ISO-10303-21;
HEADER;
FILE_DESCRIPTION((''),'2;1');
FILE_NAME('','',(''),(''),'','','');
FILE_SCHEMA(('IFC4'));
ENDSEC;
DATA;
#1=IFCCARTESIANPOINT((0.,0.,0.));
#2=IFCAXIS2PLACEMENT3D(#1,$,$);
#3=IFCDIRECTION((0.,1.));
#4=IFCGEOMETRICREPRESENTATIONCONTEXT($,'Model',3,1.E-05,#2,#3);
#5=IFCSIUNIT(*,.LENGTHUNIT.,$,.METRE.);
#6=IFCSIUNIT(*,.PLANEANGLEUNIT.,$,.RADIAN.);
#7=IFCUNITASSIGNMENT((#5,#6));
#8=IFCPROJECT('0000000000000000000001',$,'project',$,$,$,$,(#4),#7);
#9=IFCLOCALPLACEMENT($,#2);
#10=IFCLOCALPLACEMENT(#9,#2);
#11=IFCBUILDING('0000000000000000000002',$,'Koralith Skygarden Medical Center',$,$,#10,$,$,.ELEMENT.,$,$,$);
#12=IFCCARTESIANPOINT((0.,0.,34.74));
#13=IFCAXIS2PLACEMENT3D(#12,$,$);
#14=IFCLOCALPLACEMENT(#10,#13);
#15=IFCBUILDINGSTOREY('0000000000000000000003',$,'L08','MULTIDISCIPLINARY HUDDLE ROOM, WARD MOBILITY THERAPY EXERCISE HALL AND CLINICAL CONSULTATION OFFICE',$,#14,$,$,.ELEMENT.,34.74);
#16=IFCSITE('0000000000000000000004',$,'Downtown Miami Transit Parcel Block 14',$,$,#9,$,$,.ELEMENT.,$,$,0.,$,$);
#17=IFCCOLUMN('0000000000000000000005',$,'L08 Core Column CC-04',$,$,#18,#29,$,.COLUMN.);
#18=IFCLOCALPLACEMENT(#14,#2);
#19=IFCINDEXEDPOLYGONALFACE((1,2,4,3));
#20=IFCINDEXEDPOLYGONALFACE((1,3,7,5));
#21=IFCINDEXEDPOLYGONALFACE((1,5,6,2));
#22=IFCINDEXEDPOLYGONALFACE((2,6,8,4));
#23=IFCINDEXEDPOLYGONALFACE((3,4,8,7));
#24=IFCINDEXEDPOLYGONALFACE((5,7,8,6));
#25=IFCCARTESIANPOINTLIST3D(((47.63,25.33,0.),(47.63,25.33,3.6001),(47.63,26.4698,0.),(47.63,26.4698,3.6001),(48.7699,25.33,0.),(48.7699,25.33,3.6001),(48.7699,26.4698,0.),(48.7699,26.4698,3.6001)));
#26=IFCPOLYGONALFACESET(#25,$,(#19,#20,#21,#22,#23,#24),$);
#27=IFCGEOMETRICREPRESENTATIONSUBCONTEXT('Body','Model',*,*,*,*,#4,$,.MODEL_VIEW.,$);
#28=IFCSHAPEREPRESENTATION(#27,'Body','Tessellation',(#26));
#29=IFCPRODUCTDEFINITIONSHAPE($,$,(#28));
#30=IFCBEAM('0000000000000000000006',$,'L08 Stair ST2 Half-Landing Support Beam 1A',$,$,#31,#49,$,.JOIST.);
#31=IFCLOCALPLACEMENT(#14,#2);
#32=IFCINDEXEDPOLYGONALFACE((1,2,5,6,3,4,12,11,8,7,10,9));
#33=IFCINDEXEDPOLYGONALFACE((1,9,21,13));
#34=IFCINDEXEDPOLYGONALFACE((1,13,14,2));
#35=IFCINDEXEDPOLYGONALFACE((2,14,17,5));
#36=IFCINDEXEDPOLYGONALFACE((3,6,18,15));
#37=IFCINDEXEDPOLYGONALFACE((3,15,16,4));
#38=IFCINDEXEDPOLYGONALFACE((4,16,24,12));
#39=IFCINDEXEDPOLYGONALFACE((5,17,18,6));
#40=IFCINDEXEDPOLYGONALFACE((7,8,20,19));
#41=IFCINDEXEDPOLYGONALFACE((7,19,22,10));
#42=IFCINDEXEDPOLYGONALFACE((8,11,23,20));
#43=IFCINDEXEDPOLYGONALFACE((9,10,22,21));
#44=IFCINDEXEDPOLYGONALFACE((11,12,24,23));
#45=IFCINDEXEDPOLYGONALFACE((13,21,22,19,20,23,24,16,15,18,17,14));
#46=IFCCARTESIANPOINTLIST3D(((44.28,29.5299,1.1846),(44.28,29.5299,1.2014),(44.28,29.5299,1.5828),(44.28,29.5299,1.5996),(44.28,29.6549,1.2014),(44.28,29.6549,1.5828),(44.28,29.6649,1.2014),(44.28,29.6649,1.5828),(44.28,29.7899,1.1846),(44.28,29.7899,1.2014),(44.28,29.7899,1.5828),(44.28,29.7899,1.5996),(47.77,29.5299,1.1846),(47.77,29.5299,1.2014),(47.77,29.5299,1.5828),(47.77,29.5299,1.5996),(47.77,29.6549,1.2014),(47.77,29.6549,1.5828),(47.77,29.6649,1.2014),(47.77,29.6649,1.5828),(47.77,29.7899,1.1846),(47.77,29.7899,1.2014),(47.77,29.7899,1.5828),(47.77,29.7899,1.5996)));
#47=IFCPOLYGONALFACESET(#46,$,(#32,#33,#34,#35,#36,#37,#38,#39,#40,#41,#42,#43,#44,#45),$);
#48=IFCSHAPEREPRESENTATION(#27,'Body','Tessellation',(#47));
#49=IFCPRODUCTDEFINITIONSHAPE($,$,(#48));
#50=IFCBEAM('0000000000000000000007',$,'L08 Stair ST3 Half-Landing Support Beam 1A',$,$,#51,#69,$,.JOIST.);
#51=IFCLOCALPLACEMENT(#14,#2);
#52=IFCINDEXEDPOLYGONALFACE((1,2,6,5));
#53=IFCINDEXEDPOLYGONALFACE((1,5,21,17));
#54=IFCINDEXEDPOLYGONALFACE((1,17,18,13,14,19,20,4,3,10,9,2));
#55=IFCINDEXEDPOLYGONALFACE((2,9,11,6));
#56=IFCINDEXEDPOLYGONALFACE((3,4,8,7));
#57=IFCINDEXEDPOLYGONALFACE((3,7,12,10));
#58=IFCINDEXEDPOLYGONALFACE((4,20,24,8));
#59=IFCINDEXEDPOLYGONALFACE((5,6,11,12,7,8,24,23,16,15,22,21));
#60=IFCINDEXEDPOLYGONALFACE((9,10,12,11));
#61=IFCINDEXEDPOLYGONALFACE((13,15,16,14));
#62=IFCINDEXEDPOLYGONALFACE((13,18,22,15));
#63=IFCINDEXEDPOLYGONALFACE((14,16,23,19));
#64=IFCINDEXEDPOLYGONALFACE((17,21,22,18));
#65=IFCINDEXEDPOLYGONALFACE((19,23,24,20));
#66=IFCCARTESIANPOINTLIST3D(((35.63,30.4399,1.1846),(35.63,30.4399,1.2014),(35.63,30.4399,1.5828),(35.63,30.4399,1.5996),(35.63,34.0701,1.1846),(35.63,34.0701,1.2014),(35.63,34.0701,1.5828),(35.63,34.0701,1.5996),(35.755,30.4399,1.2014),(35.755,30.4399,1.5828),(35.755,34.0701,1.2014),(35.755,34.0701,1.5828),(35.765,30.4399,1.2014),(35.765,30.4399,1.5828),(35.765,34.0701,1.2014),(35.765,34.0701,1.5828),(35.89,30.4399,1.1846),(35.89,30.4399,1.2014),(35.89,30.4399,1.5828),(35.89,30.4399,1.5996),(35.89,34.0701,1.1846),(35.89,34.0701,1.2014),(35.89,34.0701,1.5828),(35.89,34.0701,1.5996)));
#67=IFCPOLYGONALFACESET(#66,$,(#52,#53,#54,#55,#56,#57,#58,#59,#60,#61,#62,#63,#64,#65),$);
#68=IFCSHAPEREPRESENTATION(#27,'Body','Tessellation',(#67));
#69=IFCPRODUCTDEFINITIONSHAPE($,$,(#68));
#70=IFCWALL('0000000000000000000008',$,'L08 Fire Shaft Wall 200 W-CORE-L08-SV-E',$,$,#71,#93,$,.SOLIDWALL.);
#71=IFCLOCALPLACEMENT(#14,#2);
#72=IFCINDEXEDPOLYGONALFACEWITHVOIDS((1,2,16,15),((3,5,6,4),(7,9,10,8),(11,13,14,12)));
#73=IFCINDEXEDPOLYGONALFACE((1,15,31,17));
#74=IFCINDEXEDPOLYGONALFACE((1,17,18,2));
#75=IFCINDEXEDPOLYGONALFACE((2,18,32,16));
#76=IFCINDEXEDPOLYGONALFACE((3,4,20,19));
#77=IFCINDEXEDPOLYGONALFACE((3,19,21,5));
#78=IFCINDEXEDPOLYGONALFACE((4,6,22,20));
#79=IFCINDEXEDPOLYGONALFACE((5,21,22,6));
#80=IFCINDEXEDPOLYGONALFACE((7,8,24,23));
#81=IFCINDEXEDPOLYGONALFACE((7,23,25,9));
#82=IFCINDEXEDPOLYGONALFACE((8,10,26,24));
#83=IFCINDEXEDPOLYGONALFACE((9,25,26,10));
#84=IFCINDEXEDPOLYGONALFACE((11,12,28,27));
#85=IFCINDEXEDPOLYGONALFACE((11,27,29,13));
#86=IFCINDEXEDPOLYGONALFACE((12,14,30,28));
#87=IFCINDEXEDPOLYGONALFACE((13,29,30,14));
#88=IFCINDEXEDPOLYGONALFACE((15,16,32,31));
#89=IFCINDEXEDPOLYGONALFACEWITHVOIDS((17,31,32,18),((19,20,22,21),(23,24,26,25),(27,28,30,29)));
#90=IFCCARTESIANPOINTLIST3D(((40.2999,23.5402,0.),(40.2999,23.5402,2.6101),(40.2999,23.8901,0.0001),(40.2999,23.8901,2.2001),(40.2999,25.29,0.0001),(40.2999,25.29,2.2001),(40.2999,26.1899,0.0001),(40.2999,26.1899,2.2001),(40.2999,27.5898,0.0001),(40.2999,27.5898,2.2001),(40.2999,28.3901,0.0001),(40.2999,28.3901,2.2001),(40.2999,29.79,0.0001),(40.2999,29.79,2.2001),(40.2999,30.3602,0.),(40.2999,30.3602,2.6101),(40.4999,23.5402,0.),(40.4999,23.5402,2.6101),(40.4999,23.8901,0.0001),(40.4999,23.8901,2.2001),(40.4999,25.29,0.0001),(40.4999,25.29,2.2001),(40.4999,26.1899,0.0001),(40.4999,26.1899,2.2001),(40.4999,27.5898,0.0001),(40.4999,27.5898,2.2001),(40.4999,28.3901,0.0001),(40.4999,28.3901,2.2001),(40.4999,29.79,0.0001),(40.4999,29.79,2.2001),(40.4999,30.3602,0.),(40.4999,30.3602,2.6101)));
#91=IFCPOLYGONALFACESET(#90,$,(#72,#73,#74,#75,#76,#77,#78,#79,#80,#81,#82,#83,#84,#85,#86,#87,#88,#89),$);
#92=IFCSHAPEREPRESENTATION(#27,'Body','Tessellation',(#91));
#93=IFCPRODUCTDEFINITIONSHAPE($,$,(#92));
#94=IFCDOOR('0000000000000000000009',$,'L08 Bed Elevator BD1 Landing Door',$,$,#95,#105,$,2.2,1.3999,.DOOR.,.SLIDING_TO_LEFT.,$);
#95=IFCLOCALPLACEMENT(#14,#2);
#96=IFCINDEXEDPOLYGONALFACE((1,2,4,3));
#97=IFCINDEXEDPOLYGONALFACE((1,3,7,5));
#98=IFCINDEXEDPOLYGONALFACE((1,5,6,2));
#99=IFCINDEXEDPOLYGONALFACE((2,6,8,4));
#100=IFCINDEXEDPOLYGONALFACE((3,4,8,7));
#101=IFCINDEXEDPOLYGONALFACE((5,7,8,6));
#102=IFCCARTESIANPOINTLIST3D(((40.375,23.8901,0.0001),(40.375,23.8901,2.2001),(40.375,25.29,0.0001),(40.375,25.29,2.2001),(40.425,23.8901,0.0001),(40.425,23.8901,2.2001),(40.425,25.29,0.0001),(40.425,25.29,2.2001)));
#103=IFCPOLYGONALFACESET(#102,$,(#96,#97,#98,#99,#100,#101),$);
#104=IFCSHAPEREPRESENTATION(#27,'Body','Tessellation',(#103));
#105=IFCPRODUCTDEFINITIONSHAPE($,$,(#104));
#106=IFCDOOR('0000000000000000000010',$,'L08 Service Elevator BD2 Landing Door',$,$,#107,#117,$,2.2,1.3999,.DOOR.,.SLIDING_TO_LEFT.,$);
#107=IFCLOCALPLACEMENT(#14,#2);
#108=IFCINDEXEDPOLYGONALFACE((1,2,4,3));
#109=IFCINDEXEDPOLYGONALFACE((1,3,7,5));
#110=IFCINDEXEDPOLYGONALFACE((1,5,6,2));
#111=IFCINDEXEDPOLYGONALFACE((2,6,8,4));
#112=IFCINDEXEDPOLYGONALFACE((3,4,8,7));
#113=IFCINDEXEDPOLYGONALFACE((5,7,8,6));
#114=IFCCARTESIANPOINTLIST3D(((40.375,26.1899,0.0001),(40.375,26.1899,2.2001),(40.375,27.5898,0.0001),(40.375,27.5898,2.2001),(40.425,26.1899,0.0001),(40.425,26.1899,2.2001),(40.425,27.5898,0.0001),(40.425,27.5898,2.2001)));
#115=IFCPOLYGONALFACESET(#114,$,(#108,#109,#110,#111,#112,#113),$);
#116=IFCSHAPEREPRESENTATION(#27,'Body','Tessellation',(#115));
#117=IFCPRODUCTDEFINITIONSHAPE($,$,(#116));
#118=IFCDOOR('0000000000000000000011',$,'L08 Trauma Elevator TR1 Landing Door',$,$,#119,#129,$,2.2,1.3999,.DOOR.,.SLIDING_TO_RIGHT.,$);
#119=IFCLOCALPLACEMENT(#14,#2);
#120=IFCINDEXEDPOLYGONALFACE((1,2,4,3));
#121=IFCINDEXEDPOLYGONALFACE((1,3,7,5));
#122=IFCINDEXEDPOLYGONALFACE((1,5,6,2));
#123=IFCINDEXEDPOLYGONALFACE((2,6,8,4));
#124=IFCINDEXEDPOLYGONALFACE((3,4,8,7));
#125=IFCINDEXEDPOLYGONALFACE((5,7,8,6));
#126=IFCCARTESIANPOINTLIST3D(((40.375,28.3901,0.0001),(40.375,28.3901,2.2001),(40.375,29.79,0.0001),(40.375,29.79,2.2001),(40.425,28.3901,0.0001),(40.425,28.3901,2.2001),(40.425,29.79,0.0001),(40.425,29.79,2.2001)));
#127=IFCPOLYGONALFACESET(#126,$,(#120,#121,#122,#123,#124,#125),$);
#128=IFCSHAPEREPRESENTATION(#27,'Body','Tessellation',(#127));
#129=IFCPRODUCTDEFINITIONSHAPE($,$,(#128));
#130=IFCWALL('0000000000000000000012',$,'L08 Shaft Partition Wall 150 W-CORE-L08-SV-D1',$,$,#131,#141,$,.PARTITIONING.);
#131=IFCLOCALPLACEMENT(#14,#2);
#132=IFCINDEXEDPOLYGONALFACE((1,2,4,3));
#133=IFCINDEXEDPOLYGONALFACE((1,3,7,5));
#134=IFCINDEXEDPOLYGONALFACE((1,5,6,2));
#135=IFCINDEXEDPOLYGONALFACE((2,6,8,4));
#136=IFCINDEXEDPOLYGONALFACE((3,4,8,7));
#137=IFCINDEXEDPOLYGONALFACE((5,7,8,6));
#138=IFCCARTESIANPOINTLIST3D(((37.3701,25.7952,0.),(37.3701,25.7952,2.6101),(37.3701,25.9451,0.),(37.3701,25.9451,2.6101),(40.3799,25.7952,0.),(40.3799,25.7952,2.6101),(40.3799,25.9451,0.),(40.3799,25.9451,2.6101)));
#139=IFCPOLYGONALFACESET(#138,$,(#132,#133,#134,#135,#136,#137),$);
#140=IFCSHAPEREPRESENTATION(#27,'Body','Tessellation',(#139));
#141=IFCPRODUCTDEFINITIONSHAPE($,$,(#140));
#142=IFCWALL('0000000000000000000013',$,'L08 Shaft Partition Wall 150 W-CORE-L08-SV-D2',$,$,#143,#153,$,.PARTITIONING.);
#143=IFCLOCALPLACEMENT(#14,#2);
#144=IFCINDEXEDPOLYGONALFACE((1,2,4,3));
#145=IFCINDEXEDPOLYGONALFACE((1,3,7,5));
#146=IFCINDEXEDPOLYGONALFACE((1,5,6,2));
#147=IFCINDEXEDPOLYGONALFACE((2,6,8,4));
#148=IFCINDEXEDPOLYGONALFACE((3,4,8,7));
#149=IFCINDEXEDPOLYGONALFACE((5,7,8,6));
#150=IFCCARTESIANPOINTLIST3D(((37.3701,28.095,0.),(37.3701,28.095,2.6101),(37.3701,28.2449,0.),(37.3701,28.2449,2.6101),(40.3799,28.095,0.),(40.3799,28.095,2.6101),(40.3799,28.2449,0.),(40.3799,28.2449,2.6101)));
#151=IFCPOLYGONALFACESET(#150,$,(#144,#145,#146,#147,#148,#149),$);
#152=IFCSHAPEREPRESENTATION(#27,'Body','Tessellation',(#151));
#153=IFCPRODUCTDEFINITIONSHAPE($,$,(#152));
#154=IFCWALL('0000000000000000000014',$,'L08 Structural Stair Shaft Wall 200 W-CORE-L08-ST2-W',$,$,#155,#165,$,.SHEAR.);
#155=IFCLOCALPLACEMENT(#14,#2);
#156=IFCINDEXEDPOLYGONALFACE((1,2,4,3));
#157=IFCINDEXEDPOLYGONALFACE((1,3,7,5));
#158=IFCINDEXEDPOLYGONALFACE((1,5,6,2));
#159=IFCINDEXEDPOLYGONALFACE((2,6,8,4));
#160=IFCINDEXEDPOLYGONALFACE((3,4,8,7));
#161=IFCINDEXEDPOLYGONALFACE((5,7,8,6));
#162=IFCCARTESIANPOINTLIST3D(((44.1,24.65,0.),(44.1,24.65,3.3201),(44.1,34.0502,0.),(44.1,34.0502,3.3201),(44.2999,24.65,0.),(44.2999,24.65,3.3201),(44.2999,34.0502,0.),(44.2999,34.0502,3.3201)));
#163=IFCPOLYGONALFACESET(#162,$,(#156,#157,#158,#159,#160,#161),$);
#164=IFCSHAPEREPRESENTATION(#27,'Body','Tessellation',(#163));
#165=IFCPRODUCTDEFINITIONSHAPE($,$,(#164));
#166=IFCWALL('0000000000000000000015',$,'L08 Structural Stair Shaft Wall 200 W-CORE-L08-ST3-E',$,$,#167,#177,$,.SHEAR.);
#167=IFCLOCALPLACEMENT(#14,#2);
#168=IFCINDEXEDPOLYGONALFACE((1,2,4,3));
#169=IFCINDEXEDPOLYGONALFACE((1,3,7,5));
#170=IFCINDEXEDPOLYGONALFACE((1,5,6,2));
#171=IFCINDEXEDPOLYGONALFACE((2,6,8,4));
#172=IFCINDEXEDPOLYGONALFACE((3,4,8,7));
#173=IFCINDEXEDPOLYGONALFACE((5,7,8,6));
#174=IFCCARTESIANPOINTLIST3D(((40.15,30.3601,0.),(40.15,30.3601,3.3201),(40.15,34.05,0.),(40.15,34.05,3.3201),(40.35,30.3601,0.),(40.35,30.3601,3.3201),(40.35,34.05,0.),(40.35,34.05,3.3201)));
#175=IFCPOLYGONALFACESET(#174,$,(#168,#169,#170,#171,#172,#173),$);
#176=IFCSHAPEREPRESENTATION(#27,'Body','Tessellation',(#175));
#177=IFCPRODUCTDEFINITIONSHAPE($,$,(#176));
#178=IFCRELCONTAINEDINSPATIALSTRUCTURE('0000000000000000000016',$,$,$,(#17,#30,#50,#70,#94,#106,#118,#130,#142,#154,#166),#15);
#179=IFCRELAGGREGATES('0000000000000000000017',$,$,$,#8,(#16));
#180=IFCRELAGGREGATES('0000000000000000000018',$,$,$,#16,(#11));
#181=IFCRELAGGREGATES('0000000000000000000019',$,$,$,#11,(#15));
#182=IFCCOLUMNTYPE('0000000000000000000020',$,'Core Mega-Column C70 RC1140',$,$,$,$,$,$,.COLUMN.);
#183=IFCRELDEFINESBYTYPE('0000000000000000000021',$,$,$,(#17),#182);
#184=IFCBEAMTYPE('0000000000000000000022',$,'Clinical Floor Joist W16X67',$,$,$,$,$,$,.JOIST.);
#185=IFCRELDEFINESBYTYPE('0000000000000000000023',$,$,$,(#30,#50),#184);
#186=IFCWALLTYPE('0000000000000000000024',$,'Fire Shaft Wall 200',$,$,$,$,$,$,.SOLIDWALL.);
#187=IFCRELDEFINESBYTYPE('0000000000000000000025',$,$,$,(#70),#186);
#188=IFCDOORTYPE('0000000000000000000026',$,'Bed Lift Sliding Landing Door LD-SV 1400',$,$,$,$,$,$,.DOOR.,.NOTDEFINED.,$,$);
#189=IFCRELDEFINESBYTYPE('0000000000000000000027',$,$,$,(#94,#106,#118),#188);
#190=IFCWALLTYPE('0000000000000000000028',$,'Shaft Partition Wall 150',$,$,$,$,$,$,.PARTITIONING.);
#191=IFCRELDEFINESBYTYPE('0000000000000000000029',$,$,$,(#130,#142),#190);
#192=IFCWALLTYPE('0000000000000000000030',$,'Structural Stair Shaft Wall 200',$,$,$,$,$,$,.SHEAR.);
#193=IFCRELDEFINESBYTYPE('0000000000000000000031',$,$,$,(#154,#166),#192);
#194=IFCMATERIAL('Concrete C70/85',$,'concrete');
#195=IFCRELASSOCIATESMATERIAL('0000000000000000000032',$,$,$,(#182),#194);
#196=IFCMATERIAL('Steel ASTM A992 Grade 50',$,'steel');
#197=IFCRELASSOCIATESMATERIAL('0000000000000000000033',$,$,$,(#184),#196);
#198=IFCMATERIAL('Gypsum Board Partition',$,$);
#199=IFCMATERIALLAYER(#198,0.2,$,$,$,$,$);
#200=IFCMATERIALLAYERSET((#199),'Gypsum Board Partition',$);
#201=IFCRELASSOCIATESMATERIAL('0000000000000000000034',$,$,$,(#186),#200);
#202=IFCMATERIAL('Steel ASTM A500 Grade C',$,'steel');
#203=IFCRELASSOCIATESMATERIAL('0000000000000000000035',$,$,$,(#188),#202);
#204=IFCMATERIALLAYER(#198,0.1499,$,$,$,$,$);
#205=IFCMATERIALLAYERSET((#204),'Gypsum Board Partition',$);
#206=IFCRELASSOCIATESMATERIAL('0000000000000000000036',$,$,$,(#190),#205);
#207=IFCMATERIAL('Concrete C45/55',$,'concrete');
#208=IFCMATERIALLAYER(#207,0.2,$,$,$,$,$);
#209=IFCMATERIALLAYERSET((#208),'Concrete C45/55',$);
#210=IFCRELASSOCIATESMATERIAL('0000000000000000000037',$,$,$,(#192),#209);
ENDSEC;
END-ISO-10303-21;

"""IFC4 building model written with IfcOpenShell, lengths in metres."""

from ifc_helpers import new_model, si_unit, direction, frame, frame_2d, origin, origin_2d, place, context, subcontext, project, spatial, rectangle, i_section, extrude, material, layer, layer_set, material_profile, profile_set, type_object, element, fill, save


model = new_model("IFC4")

# Units and contexts
model_context = context("Model", 3, precision=1e-05, world=origin(), true_north=direction((0.0, 1.0)))
body_context = subcontext(model_context, "Body", "Model", "MODEL_VIEW")
ifc_project = project(units=[si_unit("LENGTHUNIT", "METRE"), si_unit("PLANEANGLEUNIT", "RADIAN")], contexts=[model_context])

# Site, building, storey
site_placement = place(None, origin())
site = spatial("IfcSite", under=ifc_project, at=site_placement, Name="Downtown Miami Transit Parcel Block 14", CompositionType="ELEMENT", RefElevation=0.0)
building_placement = place(site_placement, origin())
building = spatial("IfcBuilding", under=site, at=building_placement, Name="Koralith Skygarden Medical Center", CompositionType="ELEMENT")
storey_placement = place(building_placement, frame((0.0, 0.0, 34.74)))
storey = spatial("IfcBuildingStorey", under=building, at=storey_placement, Name="L08", Description="MULTIDISCIPLINARY HUDDLE ROOM, WARD MOBILITY THERAPY EXERCISE HALL AND CLINICAL CONSULTATION OFFICE", CompositionType="ELEMENT", Elevation=34.74)

# Column
ifc_material_1 = material(Name="Concrete C70/85", Category="concrete")
ifc_material_profile_1 = material_profile(ifc_material_1, rectangle(XDim=1.1399, YDim=1.1399, at=origin_2d()), Name="RC1140X1140")
ifc_profile_set_1 = profile_set([ifc_material_profile_1], Name="Concrete C70/85")
column_type = type_object("IfcColumnType", Name="Core Mega-Column C70 RC1140", PredefinedType="COLUMN", material=ifc_profile_set_1)
column_placement = place(storey_placement, frame((48.2, 25.8999, 0.0), z_axis=(0.0, 0.0, 1.0), x_axis=(1.0, 0.0, 0.0)))
element("IfcColumn", 1, at=column_placement, inside=storey, type_object=column_type, Name="L08 Core Column CC-04", PredefinedType="COLUMN", context=body_context, shape_type="SweptSolid", body=[
    extrude(rectangle(XDim=1.1399, YDim=1.1399, at=origin_2d()), origin(), (0.0, 0.0, 1.0), 3.6001),
])

# Beams
ifc_material_2 = material(Name="Steel ASTM A992 Grade 50", Category="steel")
ifc_material_profile_2 = material_profile(ifc_material_2, i_section(OverallWidth=0.26, OverallDepth=0.415, WebThickness=0.01, FlangeThickness=0.0168, at=origin_2d()), Name="W16X67")
ifc_profile_set_2 = profile_set([ifc_material_profile_2], Name="Steel ASTM A992 Grade 50")
beam_type = type_object("IfcBeamType", Name="Clinical Floor Joist W16X67", PredefinedType="JOIST", material=ifc_profile_set_2)
beam_1_placement = place(storey_placement, frame((44.28, 29.6599, 1.3921), z_axis=(1.0, 0.0, 0.0), x_axis=(0.0, 1.0, 0.0)))
element("IfcBeam", 2, at=beam_1_placement, inside=storey, type_object=beam_type, Name="L08 Stair ST2 Half-Landing Support Beam 1A", PredefinedType="JOIST", context=body_context, shape_type="SweptSolid", body=[
    extrude(i_section(OverallWidth=0.26, OverallDepth=0.415, WebThickness=0.01, FlangeThickness=0.0168, at=origin_2d()), origin(), (0.0, 0.0, 1.0), 3.49),
])
beam_2_placement = place(storey_placement, frame((35.76, 30.4399, 1.3921), z_axis=(0.0, 1.0, 0.0), x_axis=(-1.0, 0.0, 0.0)))
element("IfcBeam", 3, at=beam_2_placement, inside=storey, type_object=beam_type, Name="L08 Stair ST3 Half-Landing Support Beam 1A", PredefinedType="JOIST", context=body_context, shape_type="SweptSolid", body=[
    extrude(i_section(OverallWidth=0.26, OverallDepth=0.415, WebThickness=0.01, FlangeThickness=0.0168, at=origin_2d()), origin(), (0.0, 0.0, 1.0), 3.6301),
])

# Wall, openings, doors
ifc_material_3 = material(Name="Gypsum Board Partition")
ifc_layer_1 = layer(ifc_material_3, 0.2)
ifc_layer_set_1 = layer_set([ifc_layer_1], Name="Gypsum Board Partition")
wall_type_1 = type_object("IfcWallType", Name="Fire Shaft Wall 200", PredefinedType="SOLIDWALL", material=ifc_layer_set_1)
wall_1_placement = place(storey_placement, frame((40.3999, 23.54, 0.0), z_axis=(0.0, 0.0, 1.0), x_axis=(0.0, 1.0, 0.0)))
wall_1 = element("IfcWall", 4, at=wall_1_placement, inside=storey, type_object=wall_type_1, Name="L08 Fire Shaft Wall 200 W-CORE-L08-SV-E", PredefinedType="SOLIDWALL", context=body_context, shape_type="SweptSolid", body=[
    extrude(rectangle(XDim=6.8201, YDim=0.2, at=frame_2d((3.4102, 0.0))), origin(), (0.0, 0.0, 1.0), 2.6101),
])
opening_1_placement = place(wall_1_placement, frame((0.3501, 0.0, 0.0)))
opening_1 = element("IfcOpeningElement", 5, at=opening_1_placement, cuts=wall_1, PredefinedType="OPENING", context=body_context, shape_type="SweptSolid", body=[
    extrude(rectangle(XDim=1.3999, YDim=2.2, at=frame_2d((0.7, 1.1001))), frame((0.0, 0.1099, 0.0), z_axis=(0.0, -1.0, 0.0), x_axis=(1.0, 0.0, 0.0)), (0.0, 0.0, 1.0), 0.22),
])
opening_2_placement = place(wall_1_placement, frame((2.6499, 0.0, 0.0)))
opening_2 = element("IfcOpeningElement", 6, at=opening_2_placement, cuts=wall_1, PredefinedType="OPENING", context=body_context, shape_type="SweptSolid", body=[
    extrude(rectangle(XDim=1.3999, YDim=2.2, at=frame_2d((0.7, 1.1001))), frame((0.0, 0.1099, 0.0), z_axis=(0.0, -1.0, 0.0), x_axis=(1.0, 0.0, 0.0)), (0.0, 0.0, 1.0), 0.22),
])
opening_3_placement = place(wall_1_placement, frame((4.8501, 0.0, 0.0)))
opening_3 = element("IfcOpeningElement", 7, at=opening_3_placement, cuts=wall_1, PredefinedType="OPENING", context=body_context, shape_type="SweptSolid", body=[
    extrude(rectangle(XDim=1.3999, YDim=2.2, at=frame_2d((0.7, 1.1001))), frame((0.0, 0.1099, 0.0), z_axis=(0.0, -1.0, 0.0), x_axis=(1.0, 0.0, 0.0)), (0.0, 0.0, 1.0), 0.22),
])
ifc_material_4 = material(Name="Steel ASTM A500 Grade C", Category="steel")
door_type_1 = type_object("IfcDoorType", Name="Bed Lift Sliding Landing Door LD-SV 1400", OperationType="NOTDEFINED", PredefinedType="DOOR", material=ifc_material_4)
door_1_placement = place(opening_1_placement, origin())
door_1 = element("IfcDoor", 8, at=door_1_placement, inside=storey, type_object=door_type_1, Name="L08 Bed Elevator BD1 Landing Door", OperationType="SLIDING_TO_LEFT", OverallHeight=2.2, OverallWidth=1.3999, PredefinedType="DOOR", context=body_context, shape_type="SweptSolid", body=[
    extrude(rectangle(XDim=1.3999, YDim=2.2, at=frame_2d((0.7, 1.1001))), frame((0.0, 0.0249, 0.0), z_axis=(0.0, -1.0, 0.0), x_axis=(1.0, 0.0, 0.0)), (0.0, 0.0, 1.0), 0.05),
])
fill(opening_1, door_1)
door_2_placement = place(opening_2_placement, origin())
door_2 = element("IfcDoor", 9, at=door_2_placement, inside=storey, type_object=door_type_1, Name="L08 Service Elevator BD2 Landing Door", OperationType="SLIDING_TO_LEFT", OverallHeight=2.2, OverallWidth=1.3999, PredefinedType="DOOR", context=body_context, shape_type="SweptSolid", body=[
    extrude(rectangle(XDim=1.3999, YDim=2.2, at=frame_2d((0.7, 1.1001))), frame((0.0, 0.0249, 0.0), z_axis=(0.0, -1.0, 0.0), x_axis=(1.0, 0.0, 0.0)), (0.0, 0.0, 1.0), 0.05),
])
fill(opening_2, door_2)
door_3_placement = place(opening_3_placement, origin())
door_3 = element("IfcDoor", 10, at=door_3_placement, inside=storey, type_object=door_type_1, Name="L08 Trauma Elevator TR1 Landing Door", OperationType="SLIDING_TO_RIGHT", OverallHeight=2.2, OverallWidth=1.3999, PredefinedType="DOOR", context=body_context, shape_type="SweptSolid", body=[
    extrude(rectangle(XDim=1.3999, YDim=2.2, at=frame_2d((0.7, 1.1001))), frame((0.0, 0.0249, 0.0), z_axis=(0.0, -1.0, 0.0), x_axis=(1.0, 0.0, 0.0)), (0.0, 0.0, 1.0), 0.05),
])
fill(opening_3, door_3)

# Walls
ifc_layer_2 = layer(ifc_material_3, 0.1499)
ifc_layer_set_2 = layer_set([ifc_layer_2], Name="Gypsum Board Partition")
wall_type_2 = type_object("IfcWallType", Name="Shaft Partition Wall 150", PredefinedType="PARTITIONING", material=ifc_layer_set_2)
for number, where, z_axis, x_axis, name in (
    (11, (37.3701, 25.8701, 0.0), (0.0, 0.0, 1.0), (1.0, 0.0, 0.0), "L08 Shaft Partition Wall 150 W-CORE-L08-SV-D1"),
    (12, (37.3701, 28.1699, 0.0), (0.0, 0.0, 1.0), (1.0, 0.0, 0.0), "L08 Shaft Partition Wall 150 W-CORE-L08-SV-D2"),
):
    element("IfcWall", number, at=place(storey_placement, frame(where, z_axis=z_axis, x_axis=x_axis)), inside=storey, type_object=wall_type_2, Name=name, PredefinedType="PARTITIONING", context=body_context, shape_type="SweptSolid", body=[
        extrude(rectangle(XDim=3.0098, YDim=0.1499, at=frame_2d((1.5049, 0.0))), origin(), (0.0, 0.0, 1.0), 2.6101),
    ])
ifc_material_5 = material(Name="Concrete C45/55", Category="concrete")
ifc_layer_3 = layer(ifc_material_5, 0.2)
ifc_layer_set_3 = layer_set([ifc_layer_3], Name="Concrete C45/55")
wall_type_3 = type_object("IfcWallType", Name="Structural Stair Shaft Wall 200", PredefinedType="SHEAR", material=ifc_layer_set_3)
wall_2_placement = place(storey_placement, frame((44.2, 24.6499, 0.0), z_axis=(0.0, 0.0, 1.0), x_axis=(0.0, 1.0, 0.0)))
element("IfcWall", 13, at=wall_2_placement, inside=storey, type_object=wall_type_3, Name="L08 Structural Stair Shaft Wall 200 W-CORE-L08-ST2-W", PredefinedType="SHEAR", context=body_context, shape_type="SweptSolid", body=[
    extrude(rectangle(XDim=9.4001, YDim=0.2, at=frame_2d((4.7002, 0.0))), origin(), (0.0, 0.0, 1.0), 3.3201),
])

# Wall
wall_3_placement = place(storey_placement, frame((40.25, 30.3601, 0.0), z_axis=(0.0, 0.0, 1.0), x_axis=(0.0, 1.0, 0.0)))
element("IfcWall", 14, at=wall_3_placement, inside=storey, type_object=wall_type_3, Name="L08 Structural Stair Shaft Wall 200 W-CORE-L08-ST3-E", PredefinedType="SHEAR", context=body_context, shape_type="SweptSolid", body=[
    extrude(rectangle(XDim=3.6899, YDim=0.2, at=frame_2d((1.845, 0.0))), origin(), (0.0, 0.0, 1.0), 3.3201),
])

save(model, "model.ifc")
